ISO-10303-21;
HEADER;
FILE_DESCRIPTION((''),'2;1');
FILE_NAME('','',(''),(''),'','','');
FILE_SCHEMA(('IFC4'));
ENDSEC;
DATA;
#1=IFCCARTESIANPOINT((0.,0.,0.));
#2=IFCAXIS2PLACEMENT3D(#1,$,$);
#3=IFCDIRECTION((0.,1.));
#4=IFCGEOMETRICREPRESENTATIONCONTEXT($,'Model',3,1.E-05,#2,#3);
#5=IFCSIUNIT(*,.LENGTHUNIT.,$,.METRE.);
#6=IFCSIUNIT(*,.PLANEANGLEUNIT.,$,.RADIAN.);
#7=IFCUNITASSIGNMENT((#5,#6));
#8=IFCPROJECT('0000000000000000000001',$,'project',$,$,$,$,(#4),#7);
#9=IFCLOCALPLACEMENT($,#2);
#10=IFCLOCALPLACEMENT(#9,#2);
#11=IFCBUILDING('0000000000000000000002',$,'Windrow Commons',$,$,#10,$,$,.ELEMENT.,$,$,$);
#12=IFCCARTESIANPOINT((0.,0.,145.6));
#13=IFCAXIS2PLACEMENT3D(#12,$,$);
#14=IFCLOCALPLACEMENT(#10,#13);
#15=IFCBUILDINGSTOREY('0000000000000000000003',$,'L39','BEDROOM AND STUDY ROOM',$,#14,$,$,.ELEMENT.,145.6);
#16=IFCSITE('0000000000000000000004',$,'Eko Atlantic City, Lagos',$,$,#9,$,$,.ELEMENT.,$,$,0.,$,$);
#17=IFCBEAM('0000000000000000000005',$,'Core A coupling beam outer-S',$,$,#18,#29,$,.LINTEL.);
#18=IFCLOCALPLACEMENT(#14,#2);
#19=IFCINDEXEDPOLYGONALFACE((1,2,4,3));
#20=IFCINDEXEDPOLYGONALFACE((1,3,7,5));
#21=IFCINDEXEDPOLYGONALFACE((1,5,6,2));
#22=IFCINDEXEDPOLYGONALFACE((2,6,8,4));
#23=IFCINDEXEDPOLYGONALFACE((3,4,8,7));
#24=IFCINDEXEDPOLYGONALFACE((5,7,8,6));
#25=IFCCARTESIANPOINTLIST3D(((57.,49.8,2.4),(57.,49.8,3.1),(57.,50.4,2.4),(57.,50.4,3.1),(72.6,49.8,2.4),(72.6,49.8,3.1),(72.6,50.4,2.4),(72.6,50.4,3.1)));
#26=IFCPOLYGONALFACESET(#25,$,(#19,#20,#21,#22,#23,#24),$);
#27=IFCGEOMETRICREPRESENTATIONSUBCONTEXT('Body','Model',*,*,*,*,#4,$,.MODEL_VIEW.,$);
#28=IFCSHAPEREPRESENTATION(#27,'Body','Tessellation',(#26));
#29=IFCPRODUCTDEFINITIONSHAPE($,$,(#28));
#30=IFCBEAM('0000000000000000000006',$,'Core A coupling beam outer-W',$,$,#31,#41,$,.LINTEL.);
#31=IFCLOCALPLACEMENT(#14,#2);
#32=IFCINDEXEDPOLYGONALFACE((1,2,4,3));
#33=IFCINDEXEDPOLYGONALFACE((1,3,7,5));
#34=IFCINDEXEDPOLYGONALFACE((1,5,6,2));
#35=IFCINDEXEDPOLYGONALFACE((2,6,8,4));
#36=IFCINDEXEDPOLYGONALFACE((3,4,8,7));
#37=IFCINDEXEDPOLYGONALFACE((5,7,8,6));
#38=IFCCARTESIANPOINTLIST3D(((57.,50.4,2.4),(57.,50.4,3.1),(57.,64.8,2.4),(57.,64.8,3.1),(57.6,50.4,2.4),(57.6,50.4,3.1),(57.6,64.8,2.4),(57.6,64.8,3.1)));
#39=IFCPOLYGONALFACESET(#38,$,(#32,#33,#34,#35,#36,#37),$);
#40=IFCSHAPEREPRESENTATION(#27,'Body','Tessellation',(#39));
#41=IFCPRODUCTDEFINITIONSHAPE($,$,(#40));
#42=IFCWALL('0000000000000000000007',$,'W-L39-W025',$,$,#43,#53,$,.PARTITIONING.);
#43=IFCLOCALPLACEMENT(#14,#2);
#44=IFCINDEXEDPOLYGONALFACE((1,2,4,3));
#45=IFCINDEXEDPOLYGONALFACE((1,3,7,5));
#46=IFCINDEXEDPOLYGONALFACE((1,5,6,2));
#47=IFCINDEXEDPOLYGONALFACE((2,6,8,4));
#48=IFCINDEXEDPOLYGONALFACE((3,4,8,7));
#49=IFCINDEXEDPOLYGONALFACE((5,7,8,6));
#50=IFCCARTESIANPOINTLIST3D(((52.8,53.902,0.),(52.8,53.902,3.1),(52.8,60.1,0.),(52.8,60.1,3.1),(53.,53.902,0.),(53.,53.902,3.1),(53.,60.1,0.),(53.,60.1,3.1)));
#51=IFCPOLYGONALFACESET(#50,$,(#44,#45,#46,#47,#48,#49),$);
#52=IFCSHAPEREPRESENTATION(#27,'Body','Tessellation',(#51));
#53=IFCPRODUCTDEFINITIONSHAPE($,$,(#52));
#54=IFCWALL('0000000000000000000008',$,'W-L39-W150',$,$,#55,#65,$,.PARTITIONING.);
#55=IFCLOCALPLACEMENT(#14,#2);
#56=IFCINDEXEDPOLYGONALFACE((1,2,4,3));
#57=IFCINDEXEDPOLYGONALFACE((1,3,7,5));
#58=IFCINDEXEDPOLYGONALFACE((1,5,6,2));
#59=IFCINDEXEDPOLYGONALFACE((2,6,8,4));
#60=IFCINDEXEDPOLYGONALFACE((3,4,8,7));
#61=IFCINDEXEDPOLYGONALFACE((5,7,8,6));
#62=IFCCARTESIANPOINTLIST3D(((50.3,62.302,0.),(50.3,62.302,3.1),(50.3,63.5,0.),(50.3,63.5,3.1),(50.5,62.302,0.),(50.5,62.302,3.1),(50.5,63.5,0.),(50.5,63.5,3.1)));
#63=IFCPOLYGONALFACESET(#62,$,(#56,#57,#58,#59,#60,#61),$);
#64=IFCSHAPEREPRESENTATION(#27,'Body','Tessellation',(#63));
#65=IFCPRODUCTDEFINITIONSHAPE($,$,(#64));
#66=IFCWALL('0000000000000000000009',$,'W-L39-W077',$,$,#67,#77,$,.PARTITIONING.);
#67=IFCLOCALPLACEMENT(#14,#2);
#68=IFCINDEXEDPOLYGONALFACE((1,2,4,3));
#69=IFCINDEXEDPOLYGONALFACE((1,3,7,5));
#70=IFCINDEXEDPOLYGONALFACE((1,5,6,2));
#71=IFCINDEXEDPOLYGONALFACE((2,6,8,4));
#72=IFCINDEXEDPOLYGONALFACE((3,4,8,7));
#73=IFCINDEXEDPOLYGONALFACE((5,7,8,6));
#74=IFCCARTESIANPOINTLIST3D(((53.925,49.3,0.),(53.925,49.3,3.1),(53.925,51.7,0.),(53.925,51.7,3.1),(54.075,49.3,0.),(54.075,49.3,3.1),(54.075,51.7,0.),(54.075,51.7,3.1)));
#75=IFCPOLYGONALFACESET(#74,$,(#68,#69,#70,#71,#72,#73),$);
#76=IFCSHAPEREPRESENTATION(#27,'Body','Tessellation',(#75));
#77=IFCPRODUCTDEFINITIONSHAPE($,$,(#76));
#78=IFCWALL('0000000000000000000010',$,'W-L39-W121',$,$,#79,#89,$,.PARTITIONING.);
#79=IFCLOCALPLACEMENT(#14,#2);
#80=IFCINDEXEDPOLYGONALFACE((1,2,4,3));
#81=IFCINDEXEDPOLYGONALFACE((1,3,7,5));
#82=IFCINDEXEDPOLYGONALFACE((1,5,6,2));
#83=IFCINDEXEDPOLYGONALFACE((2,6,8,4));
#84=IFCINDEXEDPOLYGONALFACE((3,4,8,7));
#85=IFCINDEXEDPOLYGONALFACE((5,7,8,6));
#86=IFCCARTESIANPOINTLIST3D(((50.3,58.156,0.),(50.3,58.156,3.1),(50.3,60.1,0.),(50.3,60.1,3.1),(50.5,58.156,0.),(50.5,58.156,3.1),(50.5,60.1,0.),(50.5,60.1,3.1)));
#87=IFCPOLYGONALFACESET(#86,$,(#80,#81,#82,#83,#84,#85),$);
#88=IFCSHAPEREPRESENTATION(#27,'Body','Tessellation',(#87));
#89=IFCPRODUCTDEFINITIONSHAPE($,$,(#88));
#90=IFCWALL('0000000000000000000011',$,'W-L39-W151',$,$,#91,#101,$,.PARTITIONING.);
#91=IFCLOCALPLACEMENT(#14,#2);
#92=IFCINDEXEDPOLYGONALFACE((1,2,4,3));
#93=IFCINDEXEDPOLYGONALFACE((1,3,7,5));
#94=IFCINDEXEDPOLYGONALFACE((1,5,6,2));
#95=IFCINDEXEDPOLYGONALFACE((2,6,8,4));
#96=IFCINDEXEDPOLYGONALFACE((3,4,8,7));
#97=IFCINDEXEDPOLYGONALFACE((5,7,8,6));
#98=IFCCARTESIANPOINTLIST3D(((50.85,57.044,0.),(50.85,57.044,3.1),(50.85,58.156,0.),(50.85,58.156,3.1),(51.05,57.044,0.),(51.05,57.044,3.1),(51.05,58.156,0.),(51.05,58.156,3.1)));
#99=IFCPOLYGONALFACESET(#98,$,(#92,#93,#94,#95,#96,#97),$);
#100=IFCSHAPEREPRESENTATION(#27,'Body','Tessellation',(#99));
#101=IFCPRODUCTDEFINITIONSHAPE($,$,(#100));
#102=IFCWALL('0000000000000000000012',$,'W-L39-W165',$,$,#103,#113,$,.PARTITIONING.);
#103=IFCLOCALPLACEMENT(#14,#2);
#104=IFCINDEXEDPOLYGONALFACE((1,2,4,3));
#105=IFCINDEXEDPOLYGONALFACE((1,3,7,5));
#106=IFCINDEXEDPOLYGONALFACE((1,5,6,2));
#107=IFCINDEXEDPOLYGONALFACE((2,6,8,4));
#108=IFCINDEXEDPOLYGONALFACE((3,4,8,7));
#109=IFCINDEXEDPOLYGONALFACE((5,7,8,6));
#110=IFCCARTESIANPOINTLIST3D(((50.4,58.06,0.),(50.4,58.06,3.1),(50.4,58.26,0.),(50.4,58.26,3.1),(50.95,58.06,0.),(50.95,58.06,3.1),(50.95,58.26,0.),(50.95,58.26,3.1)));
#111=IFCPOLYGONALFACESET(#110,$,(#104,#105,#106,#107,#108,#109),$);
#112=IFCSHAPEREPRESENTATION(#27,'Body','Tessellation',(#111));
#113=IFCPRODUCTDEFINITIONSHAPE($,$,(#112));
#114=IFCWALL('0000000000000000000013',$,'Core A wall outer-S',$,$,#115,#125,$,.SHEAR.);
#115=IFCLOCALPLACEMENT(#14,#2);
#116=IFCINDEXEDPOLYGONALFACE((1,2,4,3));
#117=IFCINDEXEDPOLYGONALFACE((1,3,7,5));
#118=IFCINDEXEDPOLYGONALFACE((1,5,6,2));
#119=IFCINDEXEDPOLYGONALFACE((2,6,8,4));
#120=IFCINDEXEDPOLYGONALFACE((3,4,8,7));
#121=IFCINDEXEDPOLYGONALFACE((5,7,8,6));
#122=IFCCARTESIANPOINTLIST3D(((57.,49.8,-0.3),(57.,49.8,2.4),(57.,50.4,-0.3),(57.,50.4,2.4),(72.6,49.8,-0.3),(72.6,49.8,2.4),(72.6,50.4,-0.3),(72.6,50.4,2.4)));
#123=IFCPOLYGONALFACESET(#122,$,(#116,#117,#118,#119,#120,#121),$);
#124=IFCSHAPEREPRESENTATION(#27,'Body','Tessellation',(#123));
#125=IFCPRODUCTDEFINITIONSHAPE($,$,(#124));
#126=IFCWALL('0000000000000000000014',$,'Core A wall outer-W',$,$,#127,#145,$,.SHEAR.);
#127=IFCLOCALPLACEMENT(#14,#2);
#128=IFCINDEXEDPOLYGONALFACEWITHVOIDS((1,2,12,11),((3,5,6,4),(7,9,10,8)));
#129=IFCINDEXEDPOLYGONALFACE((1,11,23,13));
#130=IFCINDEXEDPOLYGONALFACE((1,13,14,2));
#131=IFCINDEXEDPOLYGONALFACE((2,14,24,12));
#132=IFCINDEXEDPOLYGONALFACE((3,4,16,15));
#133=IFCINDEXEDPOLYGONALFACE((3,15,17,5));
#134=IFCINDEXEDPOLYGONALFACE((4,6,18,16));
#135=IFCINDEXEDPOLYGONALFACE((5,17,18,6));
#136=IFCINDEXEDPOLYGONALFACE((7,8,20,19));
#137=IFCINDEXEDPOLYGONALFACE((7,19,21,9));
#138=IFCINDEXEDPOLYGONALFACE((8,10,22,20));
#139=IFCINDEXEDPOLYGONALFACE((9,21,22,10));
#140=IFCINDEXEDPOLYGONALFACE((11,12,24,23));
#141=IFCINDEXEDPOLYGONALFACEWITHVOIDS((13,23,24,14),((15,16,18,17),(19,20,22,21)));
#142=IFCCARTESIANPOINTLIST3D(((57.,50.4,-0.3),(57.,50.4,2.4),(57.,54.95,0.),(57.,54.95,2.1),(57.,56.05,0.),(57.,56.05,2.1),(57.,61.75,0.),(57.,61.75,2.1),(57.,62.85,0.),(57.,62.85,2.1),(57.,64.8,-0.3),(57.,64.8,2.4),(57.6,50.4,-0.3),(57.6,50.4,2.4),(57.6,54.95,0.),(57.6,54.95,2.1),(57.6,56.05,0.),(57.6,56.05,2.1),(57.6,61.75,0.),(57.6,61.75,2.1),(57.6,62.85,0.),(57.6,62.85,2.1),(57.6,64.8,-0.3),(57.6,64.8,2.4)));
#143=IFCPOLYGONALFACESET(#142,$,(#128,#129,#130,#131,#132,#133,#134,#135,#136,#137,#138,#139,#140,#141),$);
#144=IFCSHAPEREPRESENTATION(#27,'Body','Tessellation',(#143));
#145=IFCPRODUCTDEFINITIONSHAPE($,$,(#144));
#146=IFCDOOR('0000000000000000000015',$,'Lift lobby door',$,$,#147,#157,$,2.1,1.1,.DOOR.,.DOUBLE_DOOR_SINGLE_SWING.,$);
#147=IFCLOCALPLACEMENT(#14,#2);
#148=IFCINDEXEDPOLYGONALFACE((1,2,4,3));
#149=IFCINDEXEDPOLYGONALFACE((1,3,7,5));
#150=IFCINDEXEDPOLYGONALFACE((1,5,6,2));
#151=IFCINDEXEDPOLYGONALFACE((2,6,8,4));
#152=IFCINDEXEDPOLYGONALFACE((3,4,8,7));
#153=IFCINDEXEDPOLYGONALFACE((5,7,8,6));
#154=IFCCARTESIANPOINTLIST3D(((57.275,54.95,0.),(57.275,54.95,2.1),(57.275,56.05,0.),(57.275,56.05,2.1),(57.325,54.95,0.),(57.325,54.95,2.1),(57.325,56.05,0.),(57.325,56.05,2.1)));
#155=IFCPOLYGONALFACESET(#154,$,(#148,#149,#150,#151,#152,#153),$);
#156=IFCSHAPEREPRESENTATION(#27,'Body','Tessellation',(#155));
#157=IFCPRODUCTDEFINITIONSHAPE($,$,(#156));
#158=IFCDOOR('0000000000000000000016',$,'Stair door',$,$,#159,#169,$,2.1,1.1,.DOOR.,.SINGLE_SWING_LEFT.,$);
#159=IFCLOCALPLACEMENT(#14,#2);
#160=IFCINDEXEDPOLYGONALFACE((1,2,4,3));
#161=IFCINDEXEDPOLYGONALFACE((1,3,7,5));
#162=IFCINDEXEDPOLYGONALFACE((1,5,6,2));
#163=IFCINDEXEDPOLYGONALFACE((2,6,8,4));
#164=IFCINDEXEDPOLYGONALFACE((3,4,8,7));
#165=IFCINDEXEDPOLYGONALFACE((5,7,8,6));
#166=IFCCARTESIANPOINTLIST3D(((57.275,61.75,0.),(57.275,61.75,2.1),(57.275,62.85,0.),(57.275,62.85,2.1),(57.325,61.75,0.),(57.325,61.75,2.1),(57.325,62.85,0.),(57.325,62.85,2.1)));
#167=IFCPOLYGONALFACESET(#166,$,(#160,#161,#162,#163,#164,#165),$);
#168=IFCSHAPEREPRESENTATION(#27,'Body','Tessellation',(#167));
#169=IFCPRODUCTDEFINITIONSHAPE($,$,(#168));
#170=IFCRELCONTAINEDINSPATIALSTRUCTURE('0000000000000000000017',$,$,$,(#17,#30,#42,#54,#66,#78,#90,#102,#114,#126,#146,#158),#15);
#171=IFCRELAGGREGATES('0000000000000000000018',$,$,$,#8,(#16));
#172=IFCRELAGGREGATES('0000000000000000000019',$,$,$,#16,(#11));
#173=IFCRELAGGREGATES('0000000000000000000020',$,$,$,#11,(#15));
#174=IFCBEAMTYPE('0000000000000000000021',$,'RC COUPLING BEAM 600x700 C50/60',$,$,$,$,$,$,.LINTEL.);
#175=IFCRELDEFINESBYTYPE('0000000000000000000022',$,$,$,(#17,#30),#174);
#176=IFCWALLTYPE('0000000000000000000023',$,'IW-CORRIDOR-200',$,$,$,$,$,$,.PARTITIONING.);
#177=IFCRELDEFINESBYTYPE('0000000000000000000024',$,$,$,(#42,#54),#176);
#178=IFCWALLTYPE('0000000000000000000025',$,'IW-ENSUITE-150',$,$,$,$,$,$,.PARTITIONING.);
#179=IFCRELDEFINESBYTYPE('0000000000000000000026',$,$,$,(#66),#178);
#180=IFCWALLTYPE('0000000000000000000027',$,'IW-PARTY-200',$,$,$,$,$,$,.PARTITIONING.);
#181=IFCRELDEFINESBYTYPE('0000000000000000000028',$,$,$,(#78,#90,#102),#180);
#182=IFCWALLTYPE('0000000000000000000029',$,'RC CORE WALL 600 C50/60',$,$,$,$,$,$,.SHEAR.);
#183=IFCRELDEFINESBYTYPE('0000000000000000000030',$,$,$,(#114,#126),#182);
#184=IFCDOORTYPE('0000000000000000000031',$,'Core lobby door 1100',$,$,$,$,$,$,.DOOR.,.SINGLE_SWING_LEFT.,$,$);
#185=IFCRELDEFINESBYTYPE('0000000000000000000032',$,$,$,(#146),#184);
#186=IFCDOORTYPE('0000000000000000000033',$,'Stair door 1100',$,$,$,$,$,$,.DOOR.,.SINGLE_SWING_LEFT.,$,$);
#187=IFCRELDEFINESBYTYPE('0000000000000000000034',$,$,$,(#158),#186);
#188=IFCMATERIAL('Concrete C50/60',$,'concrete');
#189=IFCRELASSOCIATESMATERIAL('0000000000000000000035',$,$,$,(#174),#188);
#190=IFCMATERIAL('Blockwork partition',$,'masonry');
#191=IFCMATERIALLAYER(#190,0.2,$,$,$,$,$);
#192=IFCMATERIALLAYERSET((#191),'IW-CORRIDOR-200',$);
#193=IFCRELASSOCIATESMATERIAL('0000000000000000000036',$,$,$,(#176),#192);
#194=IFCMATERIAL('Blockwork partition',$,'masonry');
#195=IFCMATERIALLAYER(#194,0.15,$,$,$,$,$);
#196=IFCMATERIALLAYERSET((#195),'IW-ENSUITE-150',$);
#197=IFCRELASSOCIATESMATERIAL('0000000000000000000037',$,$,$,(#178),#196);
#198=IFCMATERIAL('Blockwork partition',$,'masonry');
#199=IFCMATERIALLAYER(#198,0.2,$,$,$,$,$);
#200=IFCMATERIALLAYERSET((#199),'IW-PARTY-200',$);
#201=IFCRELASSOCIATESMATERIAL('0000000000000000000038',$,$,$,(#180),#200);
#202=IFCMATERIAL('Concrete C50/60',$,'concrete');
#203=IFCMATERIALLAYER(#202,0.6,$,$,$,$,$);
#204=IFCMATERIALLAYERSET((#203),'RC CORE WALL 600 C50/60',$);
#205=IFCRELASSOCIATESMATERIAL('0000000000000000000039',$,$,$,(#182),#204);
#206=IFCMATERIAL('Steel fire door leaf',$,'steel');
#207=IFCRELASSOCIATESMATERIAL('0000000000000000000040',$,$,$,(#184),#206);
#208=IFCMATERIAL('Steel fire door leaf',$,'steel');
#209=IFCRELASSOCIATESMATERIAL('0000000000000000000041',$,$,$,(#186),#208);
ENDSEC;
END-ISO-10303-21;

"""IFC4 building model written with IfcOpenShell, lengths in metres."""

from ifc_helpers import new_model, si_unit, direction, frame, frame_2d, origin, origin_2d, place, context, subcontext, project, spatial, rectangle, extrude, material, layer, layer_set, material_profile, profile_set, type_object, element, fill, save


model = new_model("IFC4")

# Units and contexts
model_context = context("Model", 3, precision=1e-05, world=origin(), true_north=direction((0.0, 1.0)))
body_context = subcontext(model_context, "Body", "Model", "MODEL_VIEW")
ifc_project = project(units=[si_unit("LENGTHUNIT", "METRE"), si_unit("PLANEANGLEUNIT", "RADIAN")], contexts=[model_context])

# Site, building, storey
site_placement = place(None, origin())
site = spatial("IfcSite", under=ifc_project, at=site_placement, Name="Eko Atlantic City, Lagos", CompositionType="ELEMENT", RefElevation=0.0)
building_placement = place(site_placement, origin())
building = spatial("IfcBuilding", under=site, at=building_placement, Name="Windrow Commons", CompositionType="ELEMENT")
storey_placement = place(building_placement, frame((0.0, 0.0, 145.6)))
storey = spatial("IfcBuildingStorey", under=building, at=storey_placement, Name="L39", Description="BEDROOM AND STUDY ROOM", CompositionType="ELEMENT", Elevation=145.6)

# Beams
ifc_material_1 = material(Name="Concrete C50/60", Category="concrete")
ifc_material_profile = material_profile(ifc_material_1, rectangle(XDim=0.6, YDim=0.7, at=origin_2d()))
ifc_profile_set = profile_set([ifc_material_profile], Name="Concrete C50/60")
beam_type = type_object("IfcBeamType", Name="RC COUPLING BEAM 600x700 C50/60", PredefinedType="LINTEL", material=ifc_profile_set)
beam_1_placement = place(storey_placement, frame((57.0, 50.1, 2.75), z_axis=(1.0, 0.0, 0.0), x_axis=(0.0, 1.0, 0.0)))
element("IfcBeam", 1, at=beam_1_placement, inside=storey, type_object=beam_type, Name="Core A coupling beam outer-S", PredefinedType="LINTEL", context=body_context, shape_type="SweptSolid", body=[
    extrude(rectangle(XDim=0.6, YDim=0.7, at=origin_2d()), origin(), (0.0, 0.0, 1.0), 15.6),
])
beam_2_placement = place(storey_placement, frame((57.3, 50.4, 2.75), z_axis=(0.0, 1.0, 0.0), x_axis=(-1.0, 0.0, 0.0)))
element("IfcBeam", 2, at=beam_2_placement, inside=storey, type_object=beam_type, Name="Core A coupling beam outer-W", PredefinedType="LINTEL", context=body_context, shape_type="SweptSolid", body=[
    extrude(rectangle(XDim=0.6, YDim=0.7, at=origin_2d()), origin(), (0.0, 0.0, 1.0), 14.4),
])

# Walls
ifc_material_2 = material(Name="Blockwork partition", Category="masonry")
ifc_layer_1 = layer(ifc_material_2, 0.2)
ifc_layer_set_1 = layer_set([ifc_layer_1], Name="IW-CORRIDOR-200")
wall_type_1 = type_object("IfcWallType", Name="IW-CORRIDOR-200", PredefinedType="PARTITIONING", material=ifc_layer_set_1)
wall_1_placement = place(storey_placement, frame((52.9, 53.902, 0.0), z_axis=(0.0, 0.0, 1.0), x_axis=(0.0, 1.0, 0.0)))
element("IfcWall", 3, at=wall_1_placement, inside=storey, type_object=wall_type_1, Name="W-L39-W025", PredefinedType="PARTITIONING", context=body_context, shape_type="SweptSolid", body=[
    extrude(rectangle(XDim=6.198, YDim=0.2, at=frame_2d((3.099, 0.0))), origin(), (0.0, 0.0, 1.0), 3.1),
])
wall_2_placement = place(storey_placement, frame((50.4, 62.302, 0.0), z_axis=(0.0, 0.0, 1.0), x_axis=(0.0, 1.0, 0.0)))
element("IfcWall", 4, at=wall_2_placement, inside=storey, type_object=wall_type_1, Name="W-L39-W150", PredefinedType="PARTITIONING", context=body_context, shape_type="SweptSolid", body=[
    extrude(rectangle(XDim=1.198, YDim=0.2, at=frame_2d((0.599, 0.0))), origin(), (0.0, 0.0, 1.0), 3.1),
])
ifc_material_3 = material(Name="Blockwork partition", Category="masonry")
ifc_layer_2 = layer(ifc_material_3, 0.15)
ifc_layer_set_2 = layer_set([ifc_layer_2], Name="IW-ENSUITE-150")
wall_type_2 = type_object("IfcWallType", Name="IW-ENSUITE-150", PredefinedType="PARTITIONING", material=ifc_layer_set_2)
wall_3_placement = place(storey_placement, frame((54.0, 49.3, 0.0), z_axis=(0.0, 0.0, 1.0), x_axis=(0.0, 1.0, 0.0)))
element("IfcWall", 5, at=wall_3_placement, inside=storey, type_object=wall_type_2, Name="W-L39-W077", PredefinedType="PARTITIONING", context=body_context, shape_type="SweptSolid", body=[
    extrude(rectangle(XDim=2.4, YDim=0.15, at=frame_2d((1.2, 0.0))), origin(), (0.0, 0.0, 1.0), 3.1),
])
ifc_material_4 = material(Name="Blockwork partition", Category="masonry")
ifc_layer_3 = layer(ifc_material_4, 0.2)
ifc_layer_set_3 = layer_set([ifc_layer_3], Name="IW-PARTY-200")
wall_type_3 = type_object("IfcWallType", Name="IW-PARTY-200", PredefinedType="PARTITIONING", material=ifc_layer_set_3)
wall_4_placement = place(storey_placement, frame((50.4, 58.156, 0.0), z_axis=(0.0, 0.0, 1.0), x_axis=(0.0, 1.0, 0.0)))
element("IfcWall", 6, at=wall_4_placement, inside=storey, type_object=wall_type_3, Name="W-L39-W121", PredefinedType="PARTITIONING", context=body_context, shape_type="SweptSolid", body=[
    extrude(rectangle(XDim=1.944, YDim=0.2, at=frame_2d((0.972, 0.0))), origin(), (0.0, 0.0, 1.0), 3.1),
])
wall_5_placement = place(storey_placement, frame((50.95, 57.044, 0.0), z_axis=(0.0, 0.0, 1.0), x_axis=(0.0, 1.0, 0.0)))
element("IfcWall", 7, at=wall_5_placement, inside=storey, type_object=wall_type_3, Name="W-L39-W151", PredefinedType="PARTITIONING", context=body_context, shape_type="SweptSolid", body=[
    extrude(rectangle(XDim=1.112, YDim=0.2, at=frame_2d((0.556, 0.0))), origin(), (0.0, 0.0, 1.0), 3.1),
])
wall_6_placement = place(storey_placement, frame((50.4, 58.16, 0.0), z_axis=(0.0, 0.0, 1.0), x_axis=(1.0, 0.0, 0.0)))
element("IfcWall", 8, at=wall_6_placement, inside=storey, type_object=wall_type_3, Name="W-L39-W165", PredefinedType="PARTITIONING", context=body_context, shape_type="SweptSolid", body=[
    extrude(rectangle(XDim=0.55, YDim=0.2, at=frame_2d((0.275, 0.0))), origin(), (0.0, 0.0, 1.0), 3.1),
])
ifc_material_5 = material(Name="Concrete C50/60", Category="concrete")
ifc_layer_4 = layer(ifc_material_5, 0.6)
ifc_layer_set_4 = layer_set([ifc_layer_4], Name="RC CORE WALL 600 C50/60")
wall_type_4 = type_object("IfcWallType", Name="RC CORE WALL 600 C50/60", PredefinedType="SHEAR", material=ifc_layer_set_4)
wall_7_placement = place(storey_placement, frame((57.0, 50.1, -0.3), z_axis=(0.0, 0.0, 1.0), x_axis=(1.0, 0.0, 0.0)))
element("IfcWall", 9, at=wall_7_placement, inside=storey, type_object=wall_type_4, Name="Core A wall outer-S", PredefinedType="SHEAR", context=body_context, shape_type="SweptSolid", body=[
    extrude(rectangle(XDim=15.6, YDim=0.6, at=frame_2d((7.8, 0.0))), origin(), (0.0, 0.0, 1.0), 2.7),
])

# Wall, openings, doors
wall_8_placement = place(storey_placement, frame((57.3, 50.4, -0.3), z_axis=(0.0, 0.0, 1.0), x_axis=(0.0, 1.0, 0.0)))
wall_8 = element("IfcWall", 10, at=wall_8_placement, inside=storey, type_object=wall_type_4, Name="Core A wall outer-W", PredefinedType="SHEAR", context=body_context, shape_type="SweptSolid", body=[
    extrude(rectangle(XDim=14.4, YDim=0.6, at=frame_2d((7.2, 0.0))), origin(), (0.0, 0.0, 1.0), 2.7),
])
opening_1_placement = place(wall_8_placement, frame((4.55, 0.0, 0.3)))
opening_1 = element("IfcOpeningElement", 11, at=opening_1_placement, cuts=wall_8, PredefinedType="OPENING", context=body_context, shape_type="SweptSolid", body=[
    extrude(rectangle(XDim=1.1, YDim=2.1, at=frame_2d((0.55, 1.05))), frame((0.0, 0.31, 0.0), z_axis=(0.0, -1.0, 0.0), x_axis=(1.0, 0.0, 0.0)), (0.0, 0.0, 1.0), 0.62),
])
opening_2_placement = place(wall_8_placement, frame((11.35, 0.0, 0.3)))
opening_2 = element("IfcOpeningElement", 12, at=opening_2_placement, cuts=wall_8, PredefinedType="OPENING", context=body_context, shape_type="SweptSolid", body=[
    extrude(rectangle(XDim=1.1, YDim=2.1, at=frame_2d((0.55, 1.05))), frame((0.0, 0.31, 0.0), z_axis=(0.0, -1.0, 0.0), x_axis=(1.0, 0.0, 0.0)), (0.0, 0.0, 1.0), 0.62),
])
ifc_material_6 = material(Name="Steel fire door leaf", Category="steel")
door_type_1 = type_object("IfcDoorType", Name="Core lobby door 1100", OperationType="SINGLE_SWING_LEFT", PredefinedType="DOOR", material=ifc_material_6)
door_1_placement = place(opening_1_placement, origin())
door_1 = element("IfcDoor", 13, at=door_1_placement, inside=storey, type_object=door_type_1, Name="Lift lobby door", OperationType="DOUBLE_DOOR_SINGLE_SWING", OverallHeight=2.1, OverallWidth=1.1, PredefinedType="DOOR", context=body_context, shape_type="SweptSolid", body=[
    extrude(rectangle(XDim=1.1, YDim=2.1, at=frame_2d((0.55, 1.05))), frame((0.0, 0.025, 0.0), z_axis=(0.0, -1.0, 0.0), x_axis=(1.0, 0.0, 0.0)), (0.0, 0.0, 1.0), 0.05),
])
fill(opening_1, door_1)
ifc_material_7 = material(Name="Steel fire door leaf", Category="steel")
door_type_2 = type_object("IfcDoorType", Name="Stair door 1100", OperationType="SINGLE_SWING_LEFT", PredefinedType="DOOR", material=ifc_material_7)
door_2_placement = place(opening_2_placement, origin())
door_2 = element("IfcDoor", 14, at=door_2_placement, inside=storey, type_object=door_type_2, Name="Stair door", OperationType="SINGLE_SWING_LEFT", OverallHeight=2.1, OverallWidth=1.1, PredefinedType="DOOR", context=body_context, shape_type="SweptSolid", body=[
    extrude(rectangle(XDim=1.1, YDim=2.1, at=frame_2d((0.55, 1.05))), frame((0.0, 0.025, 0.0), z_axis=(0.0, -1.0, 0.0), x_axis=(1.0, 0.0, 0.0)), (0.0, 0.0, 1.0), 0.05),
])
fill(opening_2, door_2)

save(model, "model.ifc")
